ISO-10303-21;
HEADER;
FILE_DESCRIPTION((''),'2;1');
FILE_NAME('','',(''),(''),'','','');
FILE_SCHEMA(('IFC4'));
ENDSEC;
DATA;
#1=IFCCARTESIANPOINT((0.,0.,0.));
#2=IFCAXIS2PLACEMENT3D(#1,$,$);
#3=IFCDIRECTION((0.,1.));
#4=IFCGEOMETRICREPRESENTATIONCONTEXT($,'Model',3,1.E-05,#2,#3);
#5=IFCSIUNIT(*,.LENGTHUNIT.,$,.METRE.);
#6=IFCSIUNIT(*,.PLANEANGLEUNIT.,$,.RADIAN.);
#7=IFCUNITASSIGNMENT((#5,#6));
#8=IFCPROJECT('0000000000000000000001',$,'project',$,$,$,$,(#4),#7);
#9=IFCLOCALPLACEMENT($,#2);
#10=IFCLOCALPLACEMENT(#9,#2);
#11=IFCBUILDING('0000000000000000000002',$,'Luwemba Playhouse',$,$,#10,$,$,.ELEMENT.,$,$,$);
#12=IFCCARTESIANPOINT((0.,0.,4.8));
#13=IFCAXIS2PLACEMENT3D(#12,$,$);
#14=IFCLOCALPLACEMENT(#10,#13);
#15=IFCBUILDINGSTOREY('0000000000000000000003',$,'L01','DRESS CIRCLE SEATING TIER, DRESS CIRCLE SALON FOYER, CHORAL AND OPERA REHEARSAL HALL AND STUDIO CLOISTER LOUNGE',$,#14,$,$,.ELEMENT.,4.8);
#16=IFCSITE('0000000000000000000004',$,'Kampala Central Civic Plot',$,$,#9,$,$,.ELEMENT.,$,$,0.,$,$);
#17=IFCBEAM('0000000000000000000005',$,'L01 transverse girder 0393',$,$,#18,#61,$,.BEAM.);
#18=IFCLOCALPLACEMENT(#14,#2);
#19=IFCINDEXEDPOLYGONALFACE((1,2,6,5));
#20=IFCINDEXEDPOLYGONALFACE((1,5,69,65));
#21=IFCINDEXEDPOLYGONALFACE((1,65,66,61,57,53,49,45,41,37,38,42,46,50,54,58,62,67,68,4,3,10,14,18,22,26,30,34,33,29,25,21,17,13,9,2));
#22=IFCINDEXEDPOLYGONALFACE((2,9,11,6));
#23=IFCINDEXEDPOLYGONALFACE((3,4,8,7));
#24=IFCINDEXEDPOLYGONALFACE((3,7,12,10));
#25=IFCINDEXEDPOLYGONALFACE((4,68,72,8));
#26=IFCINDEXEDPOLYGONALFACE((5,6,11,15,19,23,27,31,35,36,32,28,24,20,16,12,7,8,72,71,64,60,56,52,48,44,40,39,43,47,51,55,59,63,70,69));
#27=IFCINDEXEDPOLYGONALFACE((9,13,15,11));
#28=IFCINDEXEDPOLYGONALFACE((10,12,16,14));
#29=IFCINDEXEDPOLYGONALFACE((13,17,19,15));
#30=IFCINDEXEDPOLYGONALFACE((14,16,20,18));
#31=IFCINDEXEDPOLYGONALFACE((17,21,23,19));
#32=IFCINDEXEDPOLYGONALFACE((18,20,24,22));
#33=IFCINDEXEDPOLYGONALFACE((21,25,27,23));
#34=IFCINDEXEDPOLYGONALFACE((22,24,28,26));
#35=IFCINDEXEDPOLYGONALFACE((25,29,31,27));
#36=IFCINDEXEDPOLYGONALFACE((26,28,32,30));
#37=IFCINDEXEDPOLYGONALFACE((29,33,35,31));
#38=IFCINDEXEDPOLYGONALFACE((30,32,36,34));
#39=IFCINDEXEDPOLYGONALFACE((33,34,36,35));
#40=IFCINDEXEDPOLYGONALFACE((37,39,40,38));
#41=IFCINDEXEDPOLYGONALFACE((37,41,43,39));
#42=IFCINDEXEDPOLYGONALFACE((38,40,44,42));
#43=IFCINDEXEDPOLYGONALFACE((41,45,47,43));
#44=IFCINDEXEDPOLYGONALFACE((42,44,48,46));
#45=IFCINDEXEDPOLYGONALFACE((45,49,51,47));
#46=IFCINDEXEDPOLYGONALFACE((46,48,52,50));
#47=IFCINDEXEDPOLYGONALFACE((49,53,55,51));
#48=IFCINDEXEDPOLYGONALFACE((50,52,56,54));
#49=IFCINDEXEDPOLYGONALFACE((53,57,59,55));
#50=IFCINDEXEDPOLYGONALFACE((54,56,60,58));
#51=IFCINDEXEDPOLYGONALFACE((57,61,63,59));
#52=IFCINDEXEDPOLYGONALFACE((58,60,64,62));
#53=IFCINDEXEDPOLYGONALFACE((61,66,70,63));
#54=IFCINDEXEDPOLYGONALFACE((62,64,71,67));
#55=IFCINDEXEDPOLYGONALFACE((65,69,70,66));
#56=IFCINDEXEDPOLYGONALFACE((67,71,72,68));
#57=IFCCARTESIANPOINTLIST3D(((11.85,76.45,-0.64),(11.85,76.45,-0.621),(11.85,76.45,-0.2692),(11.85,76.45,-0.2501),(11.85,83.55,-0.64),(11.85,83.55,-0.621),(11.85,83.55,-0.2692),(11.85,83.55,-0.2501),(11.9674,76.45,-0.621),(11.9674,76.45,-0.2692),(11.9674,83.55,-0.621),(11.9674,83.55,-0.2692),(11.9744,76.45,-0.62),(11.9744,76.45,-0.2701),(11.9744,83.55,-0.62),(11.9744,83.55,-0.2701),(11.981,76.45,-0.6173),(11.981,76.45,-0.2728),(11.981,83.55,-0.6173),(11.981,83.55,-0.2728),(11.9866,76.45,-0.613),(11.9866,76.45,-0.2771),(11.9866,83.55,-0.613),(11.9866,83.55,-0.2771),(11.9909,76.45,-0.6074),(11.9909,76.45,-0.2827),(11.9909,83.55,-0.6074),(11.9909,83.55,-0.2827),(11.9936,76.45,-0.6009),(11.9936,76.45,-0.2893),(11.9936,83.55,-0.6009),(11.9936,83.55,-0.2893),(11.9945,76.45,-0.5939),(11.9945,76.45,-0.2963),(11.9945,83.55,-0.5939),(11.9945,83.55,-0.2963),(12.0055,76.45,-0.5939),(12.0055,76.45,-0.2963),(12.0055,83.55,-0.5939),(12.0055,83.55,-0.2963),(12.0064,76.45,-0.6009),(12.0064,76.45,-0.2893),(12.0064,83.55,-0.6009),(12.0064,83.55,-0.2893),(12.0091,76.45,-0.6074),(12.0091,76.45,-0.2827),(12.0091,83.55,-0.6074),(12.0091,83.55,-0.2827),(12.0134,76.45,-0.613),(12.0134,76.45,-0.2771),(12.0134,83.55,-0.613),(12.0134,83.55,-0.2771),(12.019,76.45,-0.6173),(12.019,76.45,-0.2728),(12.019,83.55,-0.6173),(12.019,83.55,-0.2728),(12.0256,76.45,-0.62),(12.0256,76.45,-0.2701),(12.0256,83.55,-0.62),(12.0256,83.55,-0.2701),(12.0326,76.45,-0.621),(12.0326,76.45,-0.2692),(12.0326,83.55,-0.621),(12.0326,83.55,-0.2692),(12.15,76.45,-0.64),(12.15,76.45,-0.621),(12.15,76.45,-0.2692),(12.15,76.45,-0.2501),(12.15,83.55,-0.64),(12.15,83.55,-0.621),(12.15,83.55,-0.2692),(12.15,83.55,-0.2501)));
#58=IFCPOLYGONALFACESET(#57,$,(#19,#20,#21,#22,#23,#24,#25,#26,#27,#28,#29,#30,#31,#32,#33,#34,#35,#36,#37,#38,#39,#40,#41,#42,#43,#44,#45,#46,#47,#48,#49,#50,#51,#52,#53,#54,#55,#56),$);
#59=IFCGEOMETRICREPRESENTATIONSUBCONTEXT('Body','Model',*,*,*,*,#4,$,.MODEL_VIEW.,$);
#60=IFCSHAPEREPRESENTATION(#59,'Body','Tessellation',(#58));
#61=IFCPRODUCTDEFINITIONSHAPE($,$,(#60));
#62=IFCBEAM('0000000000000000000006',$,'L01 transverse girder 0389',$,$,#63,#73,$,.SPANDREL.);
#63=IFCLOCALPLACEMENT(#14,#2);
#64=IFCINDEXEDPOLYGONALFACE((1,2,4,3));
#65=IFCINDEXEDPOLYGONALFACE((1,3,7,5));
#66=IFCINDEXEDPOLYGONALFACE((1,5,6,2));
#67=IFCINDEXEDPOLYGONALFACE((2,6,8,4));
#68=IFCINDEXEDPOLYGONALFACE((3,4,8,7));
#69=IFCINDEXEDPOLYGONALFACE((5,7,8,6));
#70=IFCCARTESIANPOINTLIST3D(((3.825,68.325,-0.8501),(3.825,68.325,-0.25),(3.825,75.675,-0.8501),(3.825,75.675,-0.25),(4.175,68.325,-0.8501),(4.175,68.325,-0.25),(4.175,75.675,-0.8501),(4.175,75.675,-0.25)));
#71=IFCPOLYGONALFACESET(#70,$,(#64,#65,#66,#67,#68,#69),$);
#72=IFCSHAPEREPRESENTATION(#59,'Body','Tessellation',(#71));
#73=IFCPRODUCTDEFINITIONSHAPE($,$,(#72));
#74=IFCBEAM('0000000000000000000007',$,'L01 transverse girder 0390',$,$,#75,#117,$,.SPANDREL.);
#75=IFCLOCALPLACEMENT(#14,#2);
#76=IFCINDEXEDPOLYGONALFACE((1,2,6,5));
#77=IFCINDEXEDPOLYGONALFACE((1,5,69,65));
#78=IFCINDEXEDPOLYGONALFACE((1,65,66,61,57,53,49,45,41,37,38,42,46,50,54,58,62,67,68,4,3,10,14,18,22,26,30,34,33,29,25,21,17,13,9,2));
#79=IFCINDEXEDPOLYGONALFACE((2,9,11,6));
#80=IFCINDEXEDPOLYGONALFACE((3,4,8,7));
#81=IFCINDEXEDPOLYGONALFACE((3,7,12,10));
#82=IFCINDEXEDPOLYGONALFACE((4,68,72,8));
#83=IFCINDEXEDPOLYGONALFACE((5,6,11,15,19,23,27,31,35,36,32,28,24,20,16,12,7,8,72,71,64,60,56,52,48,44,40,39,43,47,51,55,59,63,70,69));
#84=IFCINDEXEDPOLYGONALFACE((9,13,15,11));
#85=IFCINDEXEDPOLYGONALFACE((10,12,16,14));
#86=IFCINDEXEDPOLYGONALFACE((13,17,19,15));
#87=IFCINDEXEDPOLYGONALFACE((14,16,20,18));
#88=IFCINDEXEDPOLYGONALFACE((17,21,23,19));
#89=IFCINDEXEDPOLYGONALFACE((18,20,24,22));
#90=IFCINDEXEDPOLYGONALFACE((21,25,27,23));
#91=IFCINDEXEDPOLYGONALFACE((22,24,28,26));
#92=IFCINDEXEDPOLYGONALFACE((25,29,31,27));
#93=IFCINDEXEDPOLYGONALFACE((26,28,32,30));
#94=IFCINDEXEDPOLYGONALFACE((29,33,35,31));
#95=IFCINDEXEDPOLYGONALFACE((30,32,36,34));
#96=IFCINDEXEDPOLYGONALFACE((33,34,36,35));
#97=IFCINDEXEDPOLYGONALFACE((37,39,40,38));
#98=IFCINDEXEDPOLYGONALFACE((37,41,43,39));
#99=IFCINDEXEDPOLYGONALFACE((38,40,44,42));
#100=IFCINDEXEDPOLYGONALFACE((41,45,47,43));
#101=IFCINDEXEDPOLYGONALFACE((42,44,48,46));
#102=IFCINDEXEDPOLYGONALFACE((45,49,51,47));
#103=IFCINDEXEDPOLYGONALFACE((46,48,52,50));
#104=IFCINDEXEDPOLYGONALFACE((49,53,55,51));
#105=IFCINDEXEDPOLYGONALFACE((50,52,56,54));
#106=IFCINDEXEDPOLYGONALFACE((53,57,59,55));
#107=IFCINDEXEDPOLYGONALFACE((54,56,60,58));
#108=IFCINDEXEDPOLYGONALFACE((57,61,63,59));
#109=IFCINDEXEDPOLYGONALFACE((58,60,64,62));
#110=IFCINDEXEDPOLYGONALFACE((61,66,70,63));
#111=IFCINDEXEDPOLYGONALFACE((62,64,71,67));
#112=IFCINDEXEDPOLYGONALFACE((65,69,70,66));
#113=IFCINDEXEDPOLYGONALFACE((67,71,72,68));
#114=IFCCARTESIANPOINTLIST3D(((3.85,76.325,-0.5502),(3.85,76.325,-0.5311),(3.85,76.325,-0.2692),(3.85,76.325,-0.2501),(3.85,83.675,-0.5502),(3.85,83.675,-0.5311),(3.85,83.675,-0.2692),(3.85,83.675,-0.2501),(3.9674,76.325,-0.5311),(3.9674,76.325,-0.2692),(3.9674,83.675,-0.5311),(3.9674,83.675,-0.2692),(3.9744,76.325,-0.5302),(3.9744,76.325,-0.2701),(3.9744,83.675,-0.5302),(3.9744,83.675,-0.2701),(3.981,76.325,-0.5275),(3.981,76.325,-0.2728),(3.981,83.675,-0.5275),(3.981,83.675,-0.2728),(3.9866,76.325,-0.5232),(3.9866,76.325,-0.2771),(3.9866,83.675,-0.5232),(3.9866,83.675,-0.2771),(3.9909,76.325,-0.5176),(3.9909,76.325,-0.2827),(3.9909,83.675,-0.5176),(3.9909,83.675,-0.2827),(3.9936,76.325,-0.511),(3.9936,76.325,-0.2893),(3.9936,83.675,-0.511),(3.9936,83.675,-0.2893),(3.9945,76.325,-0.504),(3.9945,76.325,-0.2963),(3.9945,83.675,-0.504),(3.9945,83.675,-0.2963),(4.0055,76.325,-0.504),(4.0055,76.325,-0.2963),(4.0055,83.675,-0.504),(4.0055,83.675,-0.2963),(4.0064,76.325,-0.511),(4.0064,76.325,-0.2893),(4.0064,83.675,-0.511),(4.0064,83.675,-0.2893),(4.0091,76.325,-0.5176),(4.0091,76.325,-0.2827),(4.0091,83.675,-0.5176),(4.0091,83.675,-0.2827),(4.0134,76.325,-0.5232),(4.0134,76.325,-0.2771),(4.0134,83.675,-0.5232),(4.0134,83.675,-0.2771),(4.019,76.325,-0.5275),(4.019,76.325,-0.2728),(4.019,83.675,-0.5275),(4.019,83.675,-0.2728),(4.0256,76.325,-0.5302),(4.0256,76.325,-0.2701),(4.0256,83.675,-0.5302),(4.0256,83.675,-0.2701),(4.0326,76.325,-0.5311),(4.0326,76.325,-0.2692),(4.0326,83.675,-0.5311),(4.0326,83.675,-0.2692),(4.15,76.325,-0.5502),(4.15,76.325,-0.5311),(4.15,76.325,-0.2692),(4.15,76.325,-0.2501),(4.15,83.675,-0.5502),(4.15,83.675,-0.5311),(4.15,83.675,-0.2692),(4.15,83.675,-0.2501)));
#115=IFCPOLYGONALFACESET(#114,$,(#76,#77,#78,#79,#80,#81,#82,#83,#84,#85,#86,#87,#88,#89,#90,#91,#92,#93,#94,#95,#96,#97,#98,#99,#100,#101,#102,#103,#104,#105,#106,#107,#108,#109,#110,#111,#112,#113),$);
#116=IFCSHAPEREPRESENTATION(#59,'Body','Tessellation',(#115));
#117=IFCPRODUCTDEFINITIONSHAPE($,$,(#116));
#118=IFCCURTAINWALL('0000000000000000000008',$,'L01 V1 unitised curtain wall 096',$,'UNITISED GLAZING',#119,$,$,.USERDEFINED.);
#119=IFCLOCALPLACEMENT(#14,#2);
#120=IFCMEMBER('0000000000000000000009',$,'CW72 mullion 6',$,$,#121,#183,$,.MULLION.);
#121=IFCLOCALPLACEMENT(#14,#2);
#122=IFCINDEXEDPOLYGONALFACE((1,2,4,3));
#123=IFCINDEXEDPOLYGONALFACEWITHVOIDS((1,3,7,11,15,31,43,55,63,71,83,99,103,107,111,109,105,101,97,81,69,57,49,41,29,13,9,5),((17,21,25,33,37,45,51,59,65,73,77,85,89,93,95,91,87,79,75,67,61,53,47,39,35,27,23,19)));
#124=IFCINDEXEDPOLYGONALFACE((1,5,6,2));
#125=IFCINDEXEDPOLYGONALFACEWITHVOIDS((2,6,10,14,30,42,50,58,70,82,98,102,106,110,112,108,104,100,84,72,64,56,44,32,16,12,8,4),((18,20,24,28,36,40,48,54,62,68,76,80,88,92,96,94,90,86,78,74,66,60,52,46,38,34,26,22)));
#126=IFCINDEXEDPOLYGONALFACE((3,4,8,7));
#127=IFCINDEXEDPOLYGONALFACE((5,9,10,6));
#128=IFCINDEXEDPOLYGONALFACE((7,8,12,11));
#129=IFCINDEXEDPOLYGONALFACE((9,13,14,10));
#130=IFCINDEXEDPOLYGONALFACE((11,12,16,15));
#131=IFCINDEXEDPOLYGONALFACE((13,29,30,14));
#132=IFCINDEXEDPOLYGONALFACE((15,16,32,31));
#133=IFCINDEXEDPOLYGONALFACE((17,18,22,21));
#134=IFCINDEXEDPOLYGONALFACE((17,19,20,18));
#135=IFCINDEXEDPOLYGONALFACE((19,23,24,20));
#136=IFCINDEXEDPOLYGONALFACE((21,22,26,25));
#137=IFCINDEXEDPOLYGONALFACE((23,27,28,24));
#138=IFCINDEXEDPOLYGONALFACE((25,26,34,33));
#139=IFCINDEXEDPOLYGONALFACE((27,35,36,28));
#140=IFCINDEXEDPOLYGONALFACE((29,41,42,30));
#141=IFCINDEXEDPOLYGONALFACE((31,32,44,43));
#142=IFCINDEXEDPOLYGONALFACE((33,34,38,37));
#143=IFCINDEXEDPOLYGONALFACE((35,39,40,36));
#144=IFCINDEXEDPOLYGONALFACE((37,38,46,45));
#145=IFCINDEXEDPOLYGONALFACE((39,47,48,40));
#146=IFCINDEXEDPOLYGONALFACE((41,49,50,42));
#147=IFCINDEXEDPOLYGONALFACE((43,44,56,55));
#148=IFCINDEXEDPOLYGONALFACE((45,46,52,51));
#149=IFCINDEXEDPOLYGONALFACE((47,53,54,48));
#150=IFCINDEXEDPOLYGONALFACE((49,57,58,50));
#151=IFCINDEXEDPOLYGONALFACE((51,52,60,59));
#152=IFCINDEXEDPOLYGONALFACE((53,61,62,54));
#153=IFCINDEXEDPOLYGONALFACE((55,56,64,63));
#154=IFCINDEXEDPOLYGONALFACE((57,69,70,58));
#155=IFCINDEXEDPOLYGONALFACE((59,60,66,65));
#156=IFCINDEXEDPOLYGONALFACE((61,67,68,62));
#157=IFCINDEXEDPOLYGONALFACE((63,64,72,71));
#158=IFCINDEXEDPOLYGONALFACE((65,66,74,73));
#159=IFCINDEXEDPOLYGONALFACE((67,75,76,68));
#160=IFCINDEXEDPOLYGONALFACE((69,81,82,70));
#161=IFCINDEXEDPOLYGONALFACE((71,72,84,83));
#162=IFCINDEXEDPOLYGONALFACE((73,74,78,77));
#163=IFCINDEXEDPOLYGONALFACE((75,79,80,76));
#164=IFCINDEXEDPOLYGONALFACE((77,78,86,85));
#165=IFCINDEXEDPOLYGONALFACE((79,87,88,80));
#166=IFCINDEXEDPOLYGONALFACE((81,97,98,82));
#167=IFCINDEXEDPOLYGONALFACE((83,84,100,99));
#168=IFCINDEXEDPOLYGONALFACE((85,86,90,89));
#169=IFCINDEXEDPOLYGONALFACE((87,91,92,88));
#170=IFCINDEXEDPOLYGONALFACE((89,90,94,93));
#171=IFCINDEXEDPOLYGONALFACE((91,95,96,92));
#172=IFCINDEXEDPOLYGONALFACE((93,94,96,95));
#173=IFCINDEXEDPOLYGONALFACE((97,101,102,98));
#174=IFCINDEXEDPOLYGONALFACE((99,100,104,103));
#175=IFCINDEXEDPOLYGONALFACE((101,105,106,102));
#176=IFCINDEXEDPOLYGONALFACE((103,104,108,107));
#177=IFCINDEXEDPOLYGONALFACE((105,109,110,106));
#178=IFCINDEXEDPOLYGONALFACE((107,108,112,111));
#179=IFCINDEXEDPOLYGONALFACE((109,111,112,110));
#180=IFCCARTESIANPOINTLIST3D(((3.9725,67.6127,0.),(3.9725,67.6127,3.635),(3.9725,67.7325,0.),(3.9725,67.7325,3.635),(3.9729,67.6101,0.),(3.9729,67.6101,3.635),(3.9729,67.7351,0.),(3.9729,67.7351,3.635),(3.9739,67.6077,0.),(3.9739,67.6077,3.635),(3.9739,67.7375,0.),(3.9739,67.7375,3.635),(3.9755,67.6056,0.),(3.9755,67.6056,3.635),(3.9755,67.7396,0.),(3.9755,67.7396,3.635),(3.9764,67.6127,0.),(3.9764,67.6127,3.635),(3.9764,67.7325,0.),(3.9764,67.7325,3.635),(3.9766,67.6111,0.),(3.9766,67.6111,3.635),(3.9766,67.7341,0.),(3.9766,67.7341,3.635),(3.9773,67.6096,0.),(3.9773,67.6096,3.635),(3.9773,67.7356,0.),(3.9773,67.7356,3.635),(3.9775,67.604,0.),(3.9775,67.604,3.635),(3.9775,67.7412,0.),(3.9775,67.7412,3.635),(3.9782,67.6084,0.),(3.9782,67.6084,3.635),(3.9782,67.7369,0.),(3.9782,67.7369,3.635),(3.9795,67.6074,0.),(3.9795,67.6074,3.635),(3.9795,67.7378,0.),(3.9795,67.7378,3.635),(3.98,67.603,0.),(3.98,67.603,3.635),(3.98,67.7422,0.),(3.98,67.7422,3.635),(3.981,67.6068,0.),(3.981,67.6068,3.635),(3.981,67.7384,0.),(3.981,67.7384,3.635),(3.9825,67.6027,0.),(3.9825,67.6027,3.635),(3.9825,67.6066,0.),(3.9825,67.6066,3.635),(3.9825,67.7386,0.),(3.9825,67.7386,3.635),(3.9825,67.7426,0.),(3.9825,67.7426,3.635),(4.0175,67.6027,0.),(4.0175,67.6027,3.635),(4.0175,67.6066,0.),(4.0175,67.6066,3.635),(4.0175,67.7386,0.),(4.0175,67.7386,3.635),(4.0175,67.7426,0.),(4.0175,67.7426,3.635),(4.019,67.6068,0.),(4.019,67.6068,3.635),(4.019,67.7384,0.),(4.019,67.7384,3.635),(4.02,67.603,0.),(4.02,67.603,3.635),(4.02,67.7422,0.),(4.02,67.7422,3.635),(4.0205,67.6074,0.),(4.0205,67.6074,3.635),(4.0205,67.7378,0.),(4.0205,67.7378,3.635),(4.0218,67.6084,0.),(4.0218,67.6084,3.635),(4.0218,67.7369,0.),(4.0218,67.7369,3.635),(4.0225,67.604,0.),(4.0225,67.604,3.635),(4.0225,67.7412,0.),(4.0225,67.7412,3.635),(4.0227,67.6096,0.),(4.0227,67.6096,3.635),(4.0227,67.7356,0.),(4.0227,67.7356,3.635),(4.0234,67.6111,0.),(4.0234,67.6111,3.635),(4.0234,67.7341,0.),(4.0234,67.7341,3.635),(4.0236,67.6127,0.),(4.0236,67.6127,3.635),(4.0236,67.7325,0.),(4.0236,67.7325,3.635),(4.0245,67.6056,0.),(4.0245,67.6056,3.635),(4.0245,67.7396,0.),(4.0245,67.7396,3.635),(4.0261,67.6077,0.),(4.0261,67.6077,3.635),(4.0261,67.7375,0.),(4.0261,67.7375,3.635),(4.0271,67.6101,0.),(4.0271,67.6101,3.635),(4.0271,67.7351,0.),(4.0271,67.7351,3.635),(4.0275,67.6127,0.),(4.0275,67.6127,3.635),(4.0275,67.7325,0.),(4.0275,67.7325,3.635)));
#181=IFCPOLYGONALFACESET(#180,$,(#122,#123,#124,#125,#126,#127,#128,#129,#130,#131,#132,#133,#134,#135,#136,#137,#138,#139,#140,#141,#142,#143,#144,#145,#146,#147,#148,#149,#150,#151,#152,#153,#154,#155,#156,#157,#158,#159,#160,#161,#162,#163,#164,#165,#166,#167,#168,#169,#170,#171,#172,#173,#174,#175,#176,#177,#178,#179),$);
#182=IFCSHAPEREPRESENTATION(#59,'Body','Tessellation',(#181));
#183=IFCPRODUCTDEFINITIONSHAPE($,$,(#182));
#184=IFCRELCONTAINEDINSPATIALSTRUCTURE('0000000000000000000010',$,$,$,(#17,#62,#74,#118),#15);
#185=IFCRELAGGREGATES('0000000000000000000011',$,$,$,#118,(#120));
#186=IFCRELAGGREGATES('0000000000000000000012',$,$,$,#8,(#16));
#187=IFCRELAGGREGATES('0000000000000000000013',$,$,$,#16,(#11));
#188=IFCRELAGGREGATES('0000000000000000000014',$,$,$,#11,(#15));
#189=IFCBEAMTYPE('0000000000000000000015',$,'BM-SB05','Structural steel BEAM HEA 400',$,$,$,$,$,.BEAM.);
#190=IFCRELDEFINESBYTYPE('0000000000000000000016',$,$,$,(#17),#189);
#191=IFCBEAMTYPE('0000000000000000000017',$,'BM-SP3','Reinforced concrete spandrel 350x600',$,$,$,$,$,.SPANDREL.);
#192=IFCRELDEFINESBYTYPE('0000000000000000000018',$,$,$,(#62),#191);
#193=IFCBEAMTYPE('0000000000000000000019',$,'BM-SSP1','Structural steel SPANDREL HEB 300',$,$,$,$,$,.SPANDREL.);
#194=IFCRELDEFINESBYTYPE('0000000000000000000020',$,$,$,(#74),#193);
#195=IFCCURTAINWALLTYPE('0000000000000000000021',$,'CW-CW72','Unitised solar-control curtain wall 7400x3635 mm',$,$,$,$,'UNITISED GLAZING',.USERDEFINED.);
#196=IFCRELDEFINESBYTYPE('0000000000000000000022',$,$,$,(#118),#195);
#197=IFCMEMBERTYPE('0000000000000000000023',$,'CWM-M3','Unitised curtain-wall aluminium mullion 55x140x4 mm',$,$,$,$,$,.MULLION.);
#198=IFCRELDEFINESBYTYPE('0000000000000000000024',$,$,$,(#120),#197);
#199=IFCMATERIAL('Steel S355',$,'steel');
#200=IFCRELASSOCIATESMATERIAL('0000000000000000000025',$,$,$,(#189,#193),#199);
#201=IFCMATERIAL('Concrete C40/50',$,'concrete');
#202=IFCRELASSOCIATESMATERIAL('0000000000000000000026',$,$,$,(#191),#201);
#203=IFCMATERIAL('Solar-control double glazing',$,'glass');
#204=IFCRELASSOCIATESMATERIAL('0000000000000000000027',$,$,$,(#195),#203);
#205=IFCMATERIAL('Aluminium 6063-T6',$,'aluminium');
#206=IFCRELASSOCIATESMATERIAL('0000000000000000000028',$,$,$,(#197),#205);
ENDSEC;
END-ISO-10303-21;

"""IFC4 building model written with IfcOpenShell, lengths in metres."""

from ifc_helpers import new_model, si_unit, direction, frame, origin, origin_2d, place, context, subcontext, project, spatial, rectangle, hollow_rectangle, i_section, extrude, material, material_profile, profile_set, type_object, element, aggregate, save


model = new_model("IFC4")

# Units and contexts
model_context = context("Model", 3, precision=1e-05, world=origin(), true_north=direction((0.0, 1.0)))
body_context = subcontext(model_context, "Body", "Model", "MODEL_VIEW")
ifc_project = project(units=[si_unit("LENGTHUNIT", "METRE"), si_unit("PLANEANGLEUNIT", "RADIAN")], contexts=[model_context])

# Site, building, storey
site_placement = place(None, origin())
site = spatial("IfcSite", under=ifc_project, at=site_placement, Name="Kampala Central Civic Plot", CompositionType="ELEMENT", RefElevation=0.0)
building_placement = place(site_placement, origin())
building = spatial("IfcBuilding", under=site, at=building_placement, Name="Luwemba Playhouse", CompositionType="ELEMENT")
storey_placement = place(building_placement, frame((0.0, 0.0, 4.8)))
storey = spatial("IfcBuildingStorey", under=building, at=storey_placement, Name="L01", Description="DRESS CIRCLE SEATING TIER, DRESS CIRCLE SALON FOYER, CHORAL AND OPERA REHEARSAL HALL AND STUDIO CLOISTER LOUNGE", CompositionType="ELEMENT", Elevation=4.8)

# Shared definitions
ifc_material_1 = material(Name="Concrete C40/50", Category="concrete")

# Beams
ifc_material_2 = material(Name="Steel S355", Category="steel")
ifc_material_profile_1 = material_profile(ifc_material_2, i_section(OverallWidth=0.3, OverallDepth=0.3899, WebThickness=0.011, FlangeThickness=0.019, FilletRadius=0.0271, at=origin_2d()))
ifc_profile_set_1 = profile_set([ifc_material_profile_1], Name="Steel S355")
beam_type_1 = type_object("IfcBeamType", Name="BM-SB05", Description="Structural steel BEAM HEA 400", PredefinedType="BEAM", material=ifc_profile_set_1)
beam_1_placement = place(storey_placement, frame((12.0, 76.45, -0.4451), z_axis=(0.0, 1.0, 0.0), x_axis=(-1.0, 0.0, 0.0)))
element("IfcBeam", 1, at=beam_1_placement, inside=storey, type_object=beam_type_1, Name="L01 transverse girder 0393", PredefinedType="BEAM", context=body_context, shape_type="SweptSolid", body=[
    extrude(i_section(OverallWidth=0.3, OverallDepth=0.3899, WebThickness=0.011, FlangeThickness=0.019, FilletRadius=0.0271, at=origin_2d()), origin(), (0.0, 0.0, 1.0), 7.1001),
])
ifc_material_profile_2 = material_profile(ifc_material_1, rectangle(XDim=0.3501, YDim=0.6001, at=origin_2d()))
ifc_profile_set_2 = profile_set([ifc_material_profile_2], Name="Concrete C40/50")
beam_type_2 = type_object("IfcBeamType", Name="BM-SP3", Description="Reinforced concrete spandrel 350x600", PredefinedType="SPANDREL", material=ifc_profile_set_2)
beam_2_placement = place(storey_placement, frame((4.0, 68.325, -0.55), z_axis=(0.0, 1.0, 0.0), x_axis=(-1.0, 0.0, 0.0)))
element("IfcBeam", 2, at=beam_2_placement, inside=storey, type_object=beam_type_2, Name="L01 transverse girder 0389", PredefinedType="SPANDREL", context=body_context, shape_type="SweptSolid", body=[
    extrude(rectangle(XDim=0.3501, YDim=0.6001, at=origin_2d()), origin(), (0.0, 0.0, 1.0), 7.3501),
])
ifc_material_profile_3 = material_profile(ifc_material_2, i_section(OverallWidth=0.3, OverallDepth=0.3, WebThickness=0.011, FlangeThickness=0.019, FilletRadius=0.0271, at=origin_2d()))
ifc_profile_set_3 = profile_set([ifc_material_profile_3], Name="Steel S355")
beam_type_3 = type_object("IfcBeamType", Name="BM-SSP1", Description="Structural steel SPANDREL HEB 300", PredefinedType="SPANDREL", material=ifc_profile_set_3)
beam_3_placement = place(storey_placement, frame((4.0, 76.325, -0.4001), z_axis=(0.0, 1.0, 0.0), x_axis=(-1.0, 0.0, 0.0)))
element("IfcBeam", 3, at=beam_3_placement, inside=storey, type_object=beam_type_3, Name="L01 transverse girder 0390", PredefinedType="SPANDREL", context=body_context, shape_type="SweptSolid", body=[
    extrude(i_section(OverallWidth=0.3, OverallDepth=0.3, WebThickness=0.011, FlangeThickness=0.019, FilletRadius=0.0271, at=origin_2d()), origin(), (0.0, 0.0, 1.0), 7.3501),
])

# Curtain wall, member
ifc_material_3 = material(Name="Solar-control double glazing", Category="glass")
curtain_wall_type = type_object("IfcCurtainWallType", Name="CW-CW72", Description="Unitised solar-control curtain wall 7400x3635 mm", ElementType="UNITISED GLAZING", PredefinedType="USERDEFINED", material=ifc_material_3)
curtain_wall_placement = place(storey_placement, origin())
curtain_wall = element("IfcCurtainWall", 4, at=curtain_wall_placement, inside=storey, type_object=curtain_wall_type, Name="L01 V1 unitised curtain wall 096", ObjectType="UNITISED GLAZING", PredefinedType="USERDEFINED")
ifc_material_4 = material(Name="Aluminium 6063-T6", Category="aluminium")
ifc_material_profile_4 = material_profile(ifc_material_4, hollow_rectangle(XDim=0.0549, YDim=0.1399, WallThickness=0.0039, InnerFilletRadius=0.0061, OuterFilletRadius=0.01, at=origin_2d()))
ifc_profile_set_4 = profile_set([ifc_material_profile_4], Name="Aluminium 6063-T6")
member_type_1 = type_object("IfcMemberType", Name="CWM-M3", Description="Unitised curtain-wall aluminium mullion 55x140x4 mm", PredefinedType="MULLION", material=ifc_profile_set_4)
member_1_placement = place(storey_placement, frame((4.0, 67.6726, 0.0), z_axis=(0.0, 0.0, 1.0), x_axis=(-1.0, 0.0, 0.0)))
member_1 = element("IfcMember", 5, at=member_1_placement, type_object=member_type_1, Name="CW72 mullion 6", PredefinedType="MULLION", context=body_context, shape_type="SweptSolid", body=[
    extrude(hollow_rectangle(XDim=0.0549, YDim=0.1399, WallThickness=0.0039, InnerFilletRadius=0.0061, OuterFilletRadius=0.01, at=origin_2d()), origin(), (0.0, 0.0, 1.0), 3.635),
])
aggregate(curtain_wall, [member_1])

save(model, "model.ifc")
